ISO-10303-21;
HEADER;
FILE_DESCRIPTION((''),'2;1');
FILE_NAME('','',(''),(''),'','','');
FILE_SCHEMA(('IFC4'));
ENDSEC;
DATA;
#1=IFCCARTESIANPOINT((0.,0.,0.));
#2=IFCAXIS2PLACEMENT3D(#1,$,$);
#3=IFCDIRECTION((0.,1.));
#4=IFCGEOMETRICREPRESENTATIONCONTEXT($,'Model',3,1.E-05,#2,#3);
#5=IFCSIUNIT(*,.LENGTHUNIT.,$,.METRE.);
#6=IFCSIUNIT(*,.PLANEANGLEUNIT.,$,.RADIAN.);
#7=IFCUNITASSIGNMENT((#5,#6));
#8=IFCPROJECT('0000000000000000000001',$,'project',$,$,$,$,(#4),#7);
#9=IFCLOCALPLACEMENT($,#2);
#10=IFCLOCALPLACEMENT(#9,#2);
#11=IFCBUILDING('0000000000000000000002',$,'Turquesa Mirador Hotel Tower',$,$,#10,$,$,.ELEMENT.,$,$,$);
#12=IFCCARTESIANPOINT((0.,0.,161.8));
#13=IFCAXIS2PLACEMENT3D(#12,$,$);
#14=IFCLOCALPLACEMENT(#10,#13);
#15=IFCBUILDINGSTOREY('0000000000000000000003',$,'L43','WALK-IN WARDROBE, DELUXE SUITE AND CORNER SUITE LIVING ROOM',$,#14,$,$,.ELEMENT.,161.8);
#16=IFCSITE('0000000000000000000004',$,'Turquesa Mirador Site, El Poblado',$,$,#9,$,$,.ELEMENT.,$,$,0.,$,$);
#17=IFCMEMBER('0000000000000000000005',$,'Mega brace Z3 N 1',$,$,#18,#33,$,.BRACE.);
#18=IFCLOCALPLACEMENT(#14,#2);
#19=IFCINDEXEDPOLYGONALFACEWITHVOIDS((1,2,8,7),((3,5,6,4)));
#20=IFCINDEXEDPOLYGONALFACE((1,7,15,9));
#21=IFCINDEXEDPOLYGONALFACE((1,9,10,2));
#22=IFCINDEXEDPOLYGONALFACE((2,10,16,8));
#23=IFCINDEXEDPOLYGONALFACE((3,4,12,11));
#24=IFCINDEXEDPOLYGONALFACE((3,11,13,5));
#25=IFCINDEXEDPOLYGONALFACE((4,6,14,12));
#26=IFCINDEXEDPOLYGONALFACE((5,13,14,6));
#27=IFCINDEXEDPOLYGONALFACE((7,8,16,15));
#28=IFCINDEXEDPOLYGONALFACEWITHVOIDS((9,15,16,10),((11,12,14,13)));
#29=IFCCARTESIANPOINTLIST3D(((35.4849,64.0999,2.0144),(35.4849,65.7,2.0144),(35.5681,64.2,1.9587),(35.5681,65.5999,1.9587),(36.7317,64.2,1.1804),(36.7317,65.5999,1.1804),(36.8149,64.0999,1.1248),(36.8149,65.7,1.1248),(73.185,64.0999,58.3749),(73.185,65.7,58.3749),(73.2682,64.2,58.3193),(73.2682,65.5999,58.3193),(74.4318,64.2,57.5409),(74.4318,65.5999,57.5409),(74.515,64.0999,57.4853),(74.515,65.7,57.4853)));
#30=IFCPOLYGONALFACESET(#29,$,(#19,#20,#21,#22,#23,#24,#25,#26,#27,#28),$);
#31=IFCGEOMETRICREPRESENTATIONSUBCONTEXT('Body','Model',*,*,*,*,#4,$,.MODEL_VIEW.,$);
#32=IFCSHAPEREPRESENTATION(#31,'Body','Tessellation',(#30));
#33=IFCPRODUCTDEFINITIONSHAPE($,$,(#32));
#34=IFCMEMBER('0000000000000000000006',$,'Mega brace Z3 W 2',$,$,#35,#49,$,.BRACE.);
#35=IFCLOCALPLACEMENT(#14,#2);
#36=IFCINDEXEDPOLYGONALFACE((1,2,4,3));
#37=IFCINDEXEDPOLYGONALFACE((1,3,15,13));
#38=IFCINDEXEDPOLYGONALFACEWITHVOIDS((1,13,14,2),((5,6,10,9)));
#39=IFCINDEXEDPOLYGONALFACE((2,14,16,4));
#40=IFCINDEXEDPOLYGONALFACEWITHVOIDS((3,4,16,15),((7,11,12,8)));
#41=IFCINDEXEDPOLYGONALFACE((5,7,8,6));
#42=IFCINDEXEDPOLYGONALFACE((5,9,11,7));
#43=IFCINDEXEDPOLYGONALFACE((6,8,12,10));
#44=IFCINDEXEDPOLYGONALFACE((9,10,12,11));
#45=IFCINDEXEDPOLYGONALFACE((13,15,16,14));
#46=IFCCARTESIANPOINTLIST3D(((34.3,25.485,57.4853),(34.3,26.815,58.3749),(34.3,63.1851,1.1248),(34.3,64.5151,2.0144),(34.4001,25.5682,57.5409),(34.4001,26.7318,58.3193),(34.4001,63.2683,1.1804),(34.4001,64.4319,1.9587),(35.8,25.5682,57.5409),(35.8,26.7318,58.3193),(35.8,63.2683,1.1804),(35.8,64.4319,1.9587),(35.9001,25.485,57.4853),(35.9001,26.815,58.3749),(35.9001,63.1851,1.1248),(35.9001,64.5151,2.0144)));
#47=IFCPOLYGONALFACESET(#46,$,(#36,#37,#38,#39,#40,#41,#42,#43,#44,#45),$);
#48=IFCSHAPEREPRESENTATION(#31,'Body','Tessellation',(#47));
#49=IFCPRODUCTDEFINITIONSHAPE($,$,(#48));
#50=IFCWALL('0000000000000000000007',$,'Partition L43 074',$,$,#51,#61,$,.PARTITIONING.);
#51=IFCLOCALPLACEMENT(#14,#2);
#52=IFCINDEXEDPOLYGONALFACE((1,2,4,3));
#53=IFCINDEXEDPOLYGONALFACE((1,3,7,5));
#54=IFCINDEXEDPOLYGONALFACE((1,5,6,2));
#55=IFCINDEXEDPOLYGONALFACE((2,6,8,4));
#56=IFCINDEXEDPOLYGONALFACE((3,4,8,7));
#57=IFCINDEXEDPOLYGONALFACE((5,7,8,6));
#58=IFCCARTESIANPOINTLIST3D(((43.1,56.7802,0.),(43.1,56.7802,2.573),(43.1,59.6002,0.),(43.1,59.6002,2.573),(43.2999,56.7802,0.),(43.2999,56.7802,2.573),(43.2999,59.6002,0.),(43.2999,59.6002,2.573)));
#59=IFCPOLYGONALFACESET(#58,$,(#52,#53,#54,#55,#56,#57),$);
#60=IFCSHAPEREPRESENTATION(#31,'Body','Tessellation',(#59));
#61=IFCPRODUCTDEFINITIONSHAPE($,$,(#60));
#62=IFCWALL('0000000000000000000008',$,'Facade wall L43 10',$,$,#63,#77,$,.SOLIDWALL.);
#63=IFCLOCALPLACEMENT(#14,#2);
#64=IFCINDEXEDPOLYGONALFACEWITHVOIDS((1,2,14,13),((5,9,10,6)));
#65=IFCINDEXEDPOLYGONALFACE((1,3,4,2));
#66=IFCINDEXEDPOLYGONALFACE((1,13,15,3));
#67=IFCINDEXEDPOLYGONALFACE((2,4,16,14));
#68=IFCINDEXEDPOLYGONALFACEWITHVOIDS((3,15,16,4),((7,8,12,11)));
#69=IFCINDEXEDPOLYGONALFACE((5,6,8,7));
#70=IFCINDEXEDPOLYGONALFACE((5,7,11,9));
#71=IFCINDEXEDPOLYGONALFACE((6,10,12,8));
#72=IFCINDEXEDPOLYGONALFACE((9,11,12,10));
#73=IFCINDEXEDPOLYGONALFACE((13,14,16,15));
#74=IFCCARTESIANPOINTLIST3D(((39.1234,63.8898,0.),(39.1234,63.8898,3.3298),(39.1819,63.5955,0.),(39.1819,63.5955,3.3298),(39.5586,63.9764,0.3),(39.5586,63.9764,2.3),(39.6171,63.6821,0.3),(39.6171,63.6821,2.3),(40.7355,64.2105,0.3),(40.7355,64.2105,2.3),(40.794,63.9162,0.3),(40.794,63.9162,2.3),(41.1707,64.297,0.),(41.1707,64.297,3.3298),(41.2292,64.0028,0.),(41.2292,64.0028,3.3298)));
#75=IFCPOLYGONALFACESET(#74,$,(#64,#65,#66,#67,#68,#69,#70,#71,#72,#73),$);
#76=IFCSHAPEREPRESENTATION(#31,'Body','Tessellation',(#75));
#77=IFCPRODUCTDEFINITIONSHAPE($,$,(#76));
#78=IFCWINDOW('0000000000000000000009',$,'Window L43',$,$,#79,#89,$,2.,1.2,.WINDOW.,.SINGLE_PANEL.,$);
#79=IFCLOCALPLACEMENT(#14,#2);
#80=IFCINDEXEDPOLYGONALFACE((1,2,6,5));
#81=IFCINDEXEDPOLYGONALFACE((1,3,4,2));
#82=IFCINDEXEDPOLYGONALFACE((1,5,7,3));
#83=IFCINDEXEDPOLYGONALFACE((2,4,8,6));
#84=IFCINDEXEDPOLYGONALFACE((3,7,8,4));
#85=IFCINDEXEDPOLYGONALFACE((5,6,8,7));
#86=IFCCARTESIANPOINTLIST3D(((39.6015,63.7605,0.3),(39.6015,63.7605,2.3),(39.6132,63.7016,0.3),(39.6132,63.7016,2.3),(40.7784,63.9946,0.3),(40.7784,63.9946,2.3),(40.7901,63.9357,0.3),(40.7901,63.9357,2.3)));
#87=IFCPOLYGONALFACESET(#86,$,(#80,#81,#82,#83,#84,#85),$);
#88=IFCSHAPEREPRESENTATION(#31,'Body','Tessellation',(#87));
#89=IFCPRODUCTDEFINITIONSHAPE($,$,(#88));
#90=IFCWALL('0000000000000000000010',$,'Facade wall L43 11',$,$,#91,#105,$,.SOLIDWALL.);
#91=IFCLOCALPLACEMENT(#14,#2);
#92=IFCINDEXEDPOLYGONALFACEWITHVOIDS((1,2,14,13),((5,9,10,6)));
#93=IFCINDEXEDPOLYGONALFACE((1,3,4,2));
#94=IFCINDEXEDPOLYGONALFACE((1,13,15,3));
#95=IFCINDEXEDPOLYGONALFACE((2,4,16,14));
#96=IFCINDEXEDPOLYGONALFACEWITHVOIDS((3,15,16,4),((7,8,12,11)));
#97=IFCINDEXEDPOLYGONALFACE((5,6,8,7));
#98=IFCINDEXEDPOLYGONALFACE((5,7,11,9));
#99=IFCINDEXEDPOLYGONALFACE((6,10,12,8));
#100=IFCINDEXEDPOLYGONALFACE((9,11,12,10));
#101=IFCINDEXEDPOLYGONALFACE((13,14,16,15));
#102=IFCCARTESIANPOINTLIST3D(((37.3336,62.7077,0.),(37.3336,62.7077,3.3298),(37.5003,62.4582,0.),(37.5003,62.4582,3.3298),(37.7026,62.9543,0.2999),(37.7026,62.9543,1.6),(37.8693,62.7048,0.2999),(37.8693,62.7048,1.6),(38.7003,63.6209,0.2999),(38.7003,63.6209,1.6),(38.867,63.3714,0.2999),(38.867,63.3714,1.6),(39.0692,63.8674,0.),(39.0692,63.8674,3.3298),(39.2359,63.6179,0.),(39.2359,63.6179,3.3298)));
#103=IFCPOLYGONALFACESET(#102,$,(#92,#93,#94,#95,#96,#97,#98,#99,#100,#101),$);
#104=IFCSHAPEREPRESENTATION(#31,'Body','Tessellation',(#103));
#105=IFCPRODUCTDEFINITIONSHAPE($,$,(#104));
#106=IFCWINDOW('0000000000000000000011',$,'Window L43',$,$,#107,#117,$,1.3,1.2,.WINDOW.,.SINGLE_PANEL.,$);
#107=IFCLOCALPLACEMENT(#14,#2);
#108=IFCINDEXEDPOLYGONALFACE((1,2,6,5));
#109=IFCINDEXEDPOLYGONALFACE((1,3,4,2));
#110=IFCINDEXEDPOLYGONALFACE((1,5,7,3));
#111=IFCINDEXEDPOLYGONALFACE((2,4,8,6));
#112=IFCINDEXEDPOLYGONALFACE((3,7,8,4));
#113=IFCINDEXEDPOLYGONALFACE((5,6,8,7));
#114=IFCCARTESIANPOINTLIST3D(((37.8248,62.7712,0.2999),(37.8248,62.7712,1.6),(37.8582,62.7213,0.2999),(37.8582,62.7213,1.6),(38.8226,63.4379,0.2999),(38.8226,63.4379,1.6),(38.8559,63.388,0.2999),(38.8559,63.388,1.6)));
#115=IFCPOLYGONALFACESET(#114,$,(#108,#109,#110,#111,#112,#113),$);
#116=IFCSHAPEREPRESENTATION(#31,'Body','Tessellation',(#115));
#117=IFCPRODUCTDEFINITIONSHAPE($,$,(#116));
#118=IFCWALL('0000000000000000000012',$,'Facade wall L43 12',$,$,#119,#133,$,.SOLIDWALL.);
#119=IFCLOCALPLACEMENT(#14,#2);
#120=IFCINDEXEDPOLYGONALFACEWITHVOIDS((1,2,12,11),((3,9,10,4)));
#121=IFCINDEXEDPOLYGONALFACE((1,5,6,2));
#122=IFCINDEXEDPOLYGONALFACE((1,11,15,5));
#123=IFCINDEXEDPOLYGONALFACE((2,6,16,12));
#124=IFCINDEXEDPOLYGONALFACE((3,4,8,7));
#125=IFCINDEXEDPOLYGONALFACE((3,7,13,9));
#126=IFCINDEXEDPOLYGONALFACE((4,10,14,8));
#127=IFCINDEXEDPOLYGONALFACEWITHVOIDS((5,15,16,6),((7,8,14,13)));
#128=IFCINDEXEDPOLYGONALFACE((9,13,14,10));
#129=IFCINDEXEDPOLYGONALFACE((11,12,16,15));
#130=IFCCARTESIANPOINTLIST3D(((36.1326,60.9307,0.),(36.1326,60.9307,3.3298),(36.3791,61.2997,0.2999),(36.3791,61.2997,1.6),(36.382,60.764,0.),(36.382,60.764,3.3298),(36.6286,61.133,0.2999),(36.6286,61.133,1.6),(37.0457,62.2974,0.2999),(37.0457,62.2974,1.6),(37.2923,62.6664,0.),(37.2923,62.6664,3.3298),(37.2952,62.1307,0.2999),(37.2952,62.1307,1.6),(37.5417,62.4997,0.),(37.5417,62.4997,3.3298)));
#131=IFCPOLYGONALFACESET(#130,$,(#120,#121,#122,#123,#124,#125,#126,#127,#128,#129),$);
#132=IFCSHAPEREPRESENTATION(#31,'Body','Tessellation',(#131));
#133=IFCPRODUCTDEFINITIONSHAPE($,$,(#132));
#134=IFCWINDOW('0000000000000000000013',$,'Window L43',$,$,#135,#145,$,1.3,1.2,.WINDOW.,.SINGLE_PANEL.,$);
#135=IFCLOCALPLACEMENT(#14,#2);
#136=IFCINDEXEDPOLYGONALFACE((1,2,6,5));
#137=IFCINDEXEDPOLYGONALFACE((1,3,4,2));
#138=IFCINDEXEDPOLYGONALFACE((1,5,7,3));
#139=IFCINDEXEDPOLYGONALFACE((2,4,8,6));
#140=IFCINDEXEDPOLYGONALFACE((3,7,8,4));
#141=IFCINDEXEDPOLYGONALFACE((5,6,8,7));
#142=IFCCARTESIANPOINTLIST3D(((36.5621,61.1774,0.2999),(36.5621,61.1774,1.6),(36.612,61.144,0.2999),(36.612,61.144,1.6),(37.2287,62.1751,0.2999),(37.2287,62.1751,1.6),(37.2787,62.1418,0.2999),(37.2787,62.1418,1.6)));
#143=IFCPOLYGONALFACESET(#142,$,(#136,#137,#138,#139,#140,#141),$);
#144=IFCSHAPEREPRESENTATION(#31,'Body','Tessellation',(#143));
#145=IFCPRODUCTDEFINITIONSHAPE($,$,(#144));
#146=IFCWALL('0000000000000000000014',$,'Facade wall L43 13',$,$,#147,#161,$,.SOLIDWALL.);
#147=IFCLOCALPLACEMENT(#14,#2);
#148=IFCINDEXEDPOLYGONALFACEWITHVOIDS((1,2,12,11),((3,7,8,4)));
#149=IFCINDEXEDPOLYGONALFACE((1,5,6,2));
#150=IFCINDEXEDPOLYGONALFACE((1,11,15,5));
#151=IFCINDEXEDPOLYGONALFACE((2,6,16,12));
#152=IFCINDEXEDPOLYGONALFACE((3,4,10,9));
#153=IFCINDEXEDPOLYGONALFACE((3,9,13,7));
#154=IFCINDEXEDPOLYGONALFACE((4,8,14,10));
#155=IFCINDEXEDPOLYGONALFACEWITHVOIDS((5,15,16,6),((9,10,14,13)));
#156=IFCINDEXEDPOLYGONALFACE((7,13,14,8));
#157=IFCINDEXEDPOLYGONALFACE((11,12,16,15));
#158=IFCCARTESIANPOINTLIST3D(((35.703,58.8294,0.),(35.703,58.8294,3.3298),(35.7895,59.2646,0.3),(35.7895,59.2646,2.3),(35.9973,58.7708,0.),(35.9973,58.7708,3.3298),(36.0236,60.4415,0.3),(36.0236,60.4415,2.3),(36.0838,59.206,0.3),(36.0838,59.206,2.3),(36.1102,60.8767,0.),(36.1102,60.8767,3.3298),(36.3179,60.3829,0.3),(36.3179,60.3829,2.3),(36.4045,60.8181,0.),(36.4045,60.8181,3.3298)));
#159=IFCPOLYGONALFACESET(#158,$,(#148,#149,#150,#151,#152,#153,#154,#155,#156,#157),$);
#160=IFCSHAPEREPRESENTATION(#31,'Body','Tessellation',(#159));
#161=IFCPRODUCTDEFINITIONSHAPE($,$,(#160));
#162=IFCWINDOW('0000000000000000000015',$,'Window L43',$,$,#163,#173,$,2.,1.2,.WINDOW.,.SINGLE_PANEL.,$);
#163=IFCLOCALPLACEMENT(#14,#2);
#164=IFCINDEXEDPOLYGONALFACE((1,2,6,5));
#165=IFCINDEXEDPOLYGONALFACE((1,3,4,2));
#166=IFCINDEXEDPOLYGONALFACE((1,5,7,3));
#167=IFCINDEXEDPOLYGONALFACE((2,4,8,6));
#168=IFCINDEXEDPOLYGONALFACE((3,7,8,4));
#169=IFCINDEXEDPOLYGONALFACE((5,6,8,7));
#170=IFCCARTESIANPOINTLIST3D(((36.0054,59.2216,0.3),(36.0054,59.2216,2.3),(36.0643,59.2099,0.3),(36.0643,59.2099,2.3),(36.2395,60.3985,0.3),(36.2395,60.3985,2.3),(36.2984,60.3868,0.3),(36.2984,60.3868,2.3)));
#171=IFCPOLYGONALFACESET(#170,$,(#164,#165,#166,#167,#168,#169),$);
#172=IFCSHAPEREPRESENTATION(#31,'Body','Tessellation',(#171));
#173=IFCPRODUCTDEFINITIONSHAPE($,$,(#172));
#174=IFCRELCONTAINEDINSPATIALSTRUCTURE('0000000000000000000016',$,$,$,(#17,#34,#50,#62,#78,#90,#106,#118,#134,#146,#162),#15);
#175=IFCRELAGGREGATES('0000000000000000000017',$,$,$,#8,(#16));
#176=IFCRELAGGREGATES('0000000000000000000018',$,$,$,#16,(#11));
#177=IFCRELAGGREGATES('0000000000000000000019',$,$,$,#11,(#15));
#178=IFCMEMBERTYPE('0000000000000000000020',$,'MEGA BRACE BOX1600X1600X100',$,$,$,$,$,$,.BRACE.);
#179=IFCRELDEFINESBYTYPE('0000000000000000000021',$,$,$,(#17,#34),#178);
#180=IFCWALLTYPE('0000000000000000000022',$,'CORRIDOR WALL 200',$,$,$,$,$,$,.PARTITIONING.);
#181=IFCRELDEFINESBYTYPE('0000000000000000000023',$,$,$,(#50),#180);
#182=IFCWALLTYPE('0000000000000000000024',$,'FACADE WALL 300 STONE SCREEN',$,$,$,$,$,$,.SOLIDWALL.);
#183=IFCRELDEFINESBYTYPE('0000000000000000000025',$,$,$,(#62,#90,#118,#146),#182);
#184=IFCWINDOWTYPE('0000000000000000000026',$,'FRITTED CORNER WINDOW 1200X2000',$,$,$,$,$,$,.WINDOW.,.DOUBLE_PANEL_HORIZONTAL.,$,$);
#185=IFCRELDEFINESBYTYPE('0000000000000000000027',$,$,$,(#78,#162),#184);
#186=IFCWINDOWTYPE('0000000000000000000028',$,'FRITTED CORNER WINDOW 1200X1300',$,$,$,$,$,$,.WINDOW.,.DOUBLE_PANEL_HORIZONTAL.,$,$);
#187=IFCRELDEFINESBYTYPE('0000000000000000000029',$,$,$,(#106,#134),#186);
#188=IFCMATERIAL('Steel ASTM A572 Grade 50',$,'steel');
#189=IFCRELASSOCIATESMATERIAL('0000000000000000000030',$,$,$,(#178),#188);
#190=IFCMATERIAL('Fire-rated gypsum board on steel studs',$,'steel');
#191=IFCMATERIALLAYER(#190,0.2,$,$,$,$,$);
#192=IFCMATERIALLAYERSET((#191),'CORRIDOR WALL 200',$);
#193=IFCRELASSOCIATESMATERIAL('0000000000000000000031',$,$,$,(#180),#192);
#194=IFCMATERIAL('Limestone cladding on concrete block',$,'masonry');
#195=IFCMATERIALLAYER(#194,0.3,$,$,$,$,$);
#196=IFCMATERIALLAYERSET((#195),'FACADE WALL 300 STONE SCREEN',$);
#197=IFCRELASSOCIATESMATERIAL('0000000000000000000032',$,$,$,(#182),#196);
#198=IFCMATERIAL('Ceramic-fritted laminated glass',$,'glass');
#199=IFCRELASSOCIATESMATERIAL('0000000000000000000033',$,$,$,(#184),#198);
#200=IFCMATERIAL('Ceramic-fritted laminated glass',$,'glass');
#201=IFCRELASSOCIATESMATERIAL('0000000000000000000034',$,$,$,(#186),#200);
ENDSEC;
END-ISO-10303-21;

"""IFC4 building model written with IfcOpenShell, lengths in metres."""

from ifc_helpers import new_model, si_unit, direction, frame, frame_2d, origin, origin_2d, place, context, subcontext, project, spatial, rectangle, hollow_rectangle, extrude, material, layer, layer_set, material_profile, profile_set, type_object, element, fill, save


model = new_model("IFC4")

# Units and contexts
model_context = context("Model", 3, precision=1e-05, world=origin(), true_north=direction((0.0, 1.0)))
body_context = subcontext(model_context, "Body", "Model", "MODEL_VIEW")
ifc_project = project(units=[si_unit("LENGTHUNIT", "METRE"), si_unit("PLANEANGLEUNIT", "RADIAN")], contexts=[model_context])

# Site, building, storey
site_placement = place(None, origin())
site = spatial("IfcSite", under=ifc_project, at=site_placement, Name="Turquesa Mirador Site, El Poblado", CompositionType="ELEMENT", RefElevation=0.0)
building_placement = place(site_placement, origin())
building = spatial("IfcBuilding", under=site, at=building_placement, Name="Turquesa Mirador Hotel Tower", CompositionType="ELEMENT")
storey_placement = place(building_placement, frame((0.0, 0.0, 161.8)))
storey = spatial("IfcBuildingStorey", under=building, at=storey_placement, Name="L43", Description="WALK-IN WARDROBE, DELUXE SUITE AND CORNER SUITE LIVING ROOM", CompositionType="ELEMENT", Elevation=161.8)

# Members
ifc_material_1 = material(Name="Steel ASTM A572 Grade 50", Category="steel")
ifc_material_profile_1 = material_profile(ifc_material_1, hollow_rectangle(XDim=1.6001, YDim=1.6001, WallThickness=0.1001, at=origin_2d()), Name="BOX1600X1600X100")
ifc_profile_set_1 = profile_set([ifc_material_profile_1], Name="Steel ASTM A572 Grade 50")
member_type = type_object("IfcMemberType", Name="MEGA BRACE BOX1600X1600X100", PredefinedType="BRACE", material=ifc_profile_set_1)
for number, where, z_axis, x_axis, name in (
    (1, (36.1499, 64.8999, 1.5696), (0.555991, 0.0, 0.831188), (0.0, 1.0, 0.0), "Mega brace Z3 N 1"),
    (2, (35.1001, 63.8501, 1.5696), (0.0, -0.555991, 0.831188), (1.0, 0.0, 0.0), "Mega brace Z3 W 2"),
):
    element("IfcMember", number, at=place(storey_placement, frame(where, z_axis=z_axis, x_axis=x_axis)), inside=storey, type_object=member_type, Name=name, PredefinedType="BRACE", context=body_context, shape_type="SweptSolid", body=[
        extrude(hollow_rectangle(XDim=1.6001, YDim=1.6001, WallThickness=0.1001, at=origin_2d()), origin(), (0.0, 0.0, 1.0), 67.8071),
    ])

# Wall
ifc_material_2 = material(Name="Fire-rated gypsum board on steel studs", Category="steel")
ifc_layer_1 = layer(ifc_material_2, 0.2)
ifc_layer_set_1 = layer_set([ifc_layer_1], Name="CORRIDOR WALL 200")
wall_type_1 = type_object("IfcWallType", Name="CORRIDOR WALL 200", PredefinedType="PARTITIONING", material=ifc_layer_set_1)
wall_1_placement = place(storey_placement, frame((43.2, 56.78, 0.0), z_axis=(0.0, 0.0, 1.0), x_axis=(0.0, 1.0, 0.0)))
element("IfcWall", 3, at=wall_1_placement, inside=storey, type_object=wall_type_1, Name="Partition L43 074", PredefinedType="PARTITIONING", context=body_context, shape_type="SweptSolid", body=[
    extrude(rectangle(XDim=2.8201, YDim=0.2, at=frame_2d((1.4102, 0.0))), origin(), (0.0, 0.0, 1.0), 2.573),
])

# Walls, openings, windows
ifc_material_3 = material(Name="Limestone cladding on concrete block", Category="masonry")
ifc_layer_2 = layer(ifc_material_3, 0.3)
ifc_layer_set_2 = layer_set([ifc_layer_2], Name="FACADE WALL 300 STONE SCREEN")
wall_type_2 = type_object("IfcWallType", Name="FACADE WALL 300 STONE SCREEN", PredefinedType="SOLIDWALL", material=ifc_layer_set_2)
wall_2_placement = place(storey_placement, frame((41.2, 64.1499, 0.0), z_axis=(0.0, 0.0, 1.0), x_axis=(-0.980787, -0.195081, 0.0)))
wall_2 = element("IfcWall", 4, at=wall_2_placement, inside=storey, type_object=wall_type_2, Name="Facade wall L43 10", PredefinedType="SOLIDWALL", context=body_context, shape_type="SweptSolid", body=[
    extrude(rectangle(XDim=2.0874, YDim=0.3, at=frame_2d((1.0437, 0.0))), origin(), (0.0, 0.0, 1.0), 3.3298),
])
opening_1_placement = place(wall_2_placement, frame((0.4436, 0.0, 0.3)))
opening_1 = element("IfcOpeningElement", 5, at=opening_1_placement, cuts=wall_2, PredefinedType="OPENING", context=body_context, shape_type="SweptSolid", body=[
    extrude(rectangle(XDim=1.2, YDim=2.0, at=frame_2d((0.6001, 1.0))), frame((0.0, 0.1599, 0.0), z_axis=(0.0, -1.0, 0.0), x_axis=(1.0, 0.0, 0.0)), (0.0, 0.0, 1.0), 0.3201),
])
ifc_material_4 = material(Name="Ceramic-fritted laminated glass", Category="glass")
window_type_1 = type_object("IfcWindowType", Name="FRITTED CORNER WINDOW 1200X2000", PartitioningType="DOUBLE_PANEL_HORIZONTAL", PredefinedType="WINDOW", material=ifc_material_4)
window_1_placement = place(opening_1_placement, origin())
window_1 = element("IfcWindow", 6, at=window_1_placement, inside=storey, type_object=window_type_1, Name="Window L43", OverallHeight=2.0, OverallWidth=1.2, PartitioningType="SINGLE_PANEL", PredefinedType="WINDOW", context=body_context, shape_type="SweptSolid", body=[
    extrude(rectangle(XDim=1.2, YDim=2.0, at=frame_2d((0.6001, 1.0))), frame((0.0, 0.1301, 0.0), z_axis=(0.0, -1.0, 0.0), x_axis=(1.0, 0.0, 0.0)), (0.0, 0.0, 1.0), 0.0601),
])
fill(opening_1, window_1)
wall_3_placement = place(storey_placement, frame((39.1526, 63.7427, 0.0), z_axis=(0.0, 0.0, 1.0), x_axis=(-0.831474, -0.555564, 0.0)))
wall_3 = element("IfcWall", 7, at=wall_3_placement, inside=storey, type_object=wall_type_2, Name="Facade wall L43 11", PredefinedType="SOLIDWALL", context=body_context, shape_type="SweptSolid", body=[
    extrude(rectangle(XDim=2.0874, YDim=0.3, at=frame_2d((1.0437, 0.0))), origin(), (0.0, 0.0, 1.0), 3.3298),
])
opening_2_placement = place(wall_3_placement, frame((0.4436, 0.0, 0.3)))
opening_2 = element("IfcOpeningElement", 8, at=opening_2_placement, cuts=wall_3, PredefinedType="OPENING", context=body_context, shape_type="SweptSolid", body=[
    extrude(rectangle(XDim=1.2, YDim=1.3, at=frame_2d((0.6001, 0.6499))), frame((0.0, 0.1599, 0.0), z_axis=(0.0, -1.0, 0.0), x_axis=(1.0, 0.0, 0.0)), (0.0, 0.0, 1.0), 0.3201),
])
ifc_material_5 = material(Name="Ceramic-fritted laminated glass", Category="glass")
window_type_2 = type_object("IfcWindowType", Name="FRITTED CORNER WINDOW 1200X1300", PartitioningType="DOUBLE_PANEL_HORIZONTAL", PredefinedType="WINDOW", material=ifc_material_5)
window_2_placement = place(opening_2_placement, origin())
window_2 = element("IfcWindow", 9, at=window_2_placement, inside=storey, type_object=window_type_2, Name="Window L43", OverallHeight=1.3, OverallWidth=1.2, PartitioningType="SINGLE_PANEL", PredefinedType="WINDOW", context=body_context, shape_type="SweptSolid", body=[
    extrude(rectangle(XDim=1.2, YDim=1.3, at=frame_2d((0.6001, 0.6499))), frame((0.0, 0.1301, 0.0), z_axis=(0.0, -1.0, 0.0), x_axis=(1.0, 0.0, 0.0)), (0.0, 0.0, 1.0), 0.0601),
])
fill(opening_2, window_2)
wall_4_placement = place(storey_placement, frame((37.417, 62.583, 0.0), z_axis=(0.0, 0.0, 1.0), x_axis=(-0.555564, -0.831474, 0.0)))
wall_4 = element("IfcWall", 10, at=wall_4_placement, inside=storey, type_object=wall_type_2, Name="Facade wall L43 12", PredefinedType="SOLIDWALL", context=body_context, shape_type="SweptSolid", body=[
    extrude(rectangle(XDim=2.0874, YDim=0.3, at=frame_2d((1.0437, 0.0))), origin(), (0.0, 0.0, 1.0), 3.3298),
])
opening_3_placement = place(wall_4_placement, frame((0.4436, 0.0, 0.3)))
opening_3 = element("IfcOpeningElement", 11, at=opening_3_placement, cuts=wall_4, PredefinedType="OPENING", context=body_context, shape_type="SweptSolid", body=[
    extrude(rectangle(XDim=1.2, YDim=1.3, at=frame_2d((0.6001, 0.6499))), frame((0.0, 0.1599, 0.0), z_axis=(0.0, -1.0, 0.0), x_axis=(1.0, 0.0, 0.0)), (0.0, 0.0, 1.0), 0.3201),
])
window_3_placement = place(opening_3_placement, origin())
window_3 = element("IfcWindow", 12, at=window_3_placement, inside=storey, type_object=window_type_2, Name="Window L43", OverallHeight=1.3, OverallWidth=1.2, PartitioningType="SINGLE_PANEL", PredefinedType="WINDOW", context=body_context, shape_type="SweptSolid", body=[
    extrude(rectangle(XDim=1.2, YDim=1.3, at=frame_2d((0.6001, 0.6499))), frame((0.0, 0.1301, 0.0), z_axis=(0.0, -1.0, 0.0), x_axis=(1.0, 0.0, 0.0)), (0.0, 0.0, 1.0), 0.0601),
])
fill(opening_3, window_3)
wall_5_placement = place(storey_placement, frame((36.2573, 60.8474, 0.0), z_axis=(0.0, 0.0, 1.0), x_axis=(-0.195081, -0.980787, 0.0)))
wall_5 = element("IfcWall", 13, at=wall_5_placement, inside=storey, type_object=wall_type_2, Name="Facade wall L43 13", PredefinedType="SOLIDWALL", context=body_context, shape_type="SweptSolid", body=[
    extrude(rectangle(XDim=2.0874, YDim=0.3, at=frame_2d((1.0437, 0.0))), origin(), (0.0, 0.0, 1.0), 3.3298),
])
opening_4_placement = place(wall_5_placement, frame((0.4436, 0.0, 0.3)))
opening_4 = element("IfcOpeningElement", 14, at=opening_4_placement, cuts=wall_5, PredefinedType="OPENING", context=body_context, shape_type="SweptSolid", body=[
    extrude(rectangle(XDim=1.2, YDim=2.0, at=frame_2d((0.6001, 1.0))), frame((0.0, 0.1599, 0.0), z_axis=(0.0, -1.0, 0.0), x_axis=(1.0, 0.0, 0.0)), (0.0, 0.0, 1.0), 0.3201),
])
window_4_placement = place(opening_4_placement, origin())
window_4 = element("IfcWindow", 15, at=window_4_placement, inside=storey, type_object=window_type_1, Name="Window L43", OverallHeight=2.0, OverallWidth=1.2, PartitioningType="SINGLE_PANEL", PredefinedType="WINDOW", context=body_context, shape_type="SweptSolid", body=[
    extrude(rectangle(XDim=1.2, YDim=2.0, at=frame_2d((0.6001, 1.0))), frame((0.0, 0.1301, 0.0), z_axis=(0.0, -1.0, 0.0), x_axis=(1.0, 0.0, 0.0)), (0.0, 0.0, 1.0), 0.0601),
])
fill(opening_4, window_4)

save(model, "model.ifc")
